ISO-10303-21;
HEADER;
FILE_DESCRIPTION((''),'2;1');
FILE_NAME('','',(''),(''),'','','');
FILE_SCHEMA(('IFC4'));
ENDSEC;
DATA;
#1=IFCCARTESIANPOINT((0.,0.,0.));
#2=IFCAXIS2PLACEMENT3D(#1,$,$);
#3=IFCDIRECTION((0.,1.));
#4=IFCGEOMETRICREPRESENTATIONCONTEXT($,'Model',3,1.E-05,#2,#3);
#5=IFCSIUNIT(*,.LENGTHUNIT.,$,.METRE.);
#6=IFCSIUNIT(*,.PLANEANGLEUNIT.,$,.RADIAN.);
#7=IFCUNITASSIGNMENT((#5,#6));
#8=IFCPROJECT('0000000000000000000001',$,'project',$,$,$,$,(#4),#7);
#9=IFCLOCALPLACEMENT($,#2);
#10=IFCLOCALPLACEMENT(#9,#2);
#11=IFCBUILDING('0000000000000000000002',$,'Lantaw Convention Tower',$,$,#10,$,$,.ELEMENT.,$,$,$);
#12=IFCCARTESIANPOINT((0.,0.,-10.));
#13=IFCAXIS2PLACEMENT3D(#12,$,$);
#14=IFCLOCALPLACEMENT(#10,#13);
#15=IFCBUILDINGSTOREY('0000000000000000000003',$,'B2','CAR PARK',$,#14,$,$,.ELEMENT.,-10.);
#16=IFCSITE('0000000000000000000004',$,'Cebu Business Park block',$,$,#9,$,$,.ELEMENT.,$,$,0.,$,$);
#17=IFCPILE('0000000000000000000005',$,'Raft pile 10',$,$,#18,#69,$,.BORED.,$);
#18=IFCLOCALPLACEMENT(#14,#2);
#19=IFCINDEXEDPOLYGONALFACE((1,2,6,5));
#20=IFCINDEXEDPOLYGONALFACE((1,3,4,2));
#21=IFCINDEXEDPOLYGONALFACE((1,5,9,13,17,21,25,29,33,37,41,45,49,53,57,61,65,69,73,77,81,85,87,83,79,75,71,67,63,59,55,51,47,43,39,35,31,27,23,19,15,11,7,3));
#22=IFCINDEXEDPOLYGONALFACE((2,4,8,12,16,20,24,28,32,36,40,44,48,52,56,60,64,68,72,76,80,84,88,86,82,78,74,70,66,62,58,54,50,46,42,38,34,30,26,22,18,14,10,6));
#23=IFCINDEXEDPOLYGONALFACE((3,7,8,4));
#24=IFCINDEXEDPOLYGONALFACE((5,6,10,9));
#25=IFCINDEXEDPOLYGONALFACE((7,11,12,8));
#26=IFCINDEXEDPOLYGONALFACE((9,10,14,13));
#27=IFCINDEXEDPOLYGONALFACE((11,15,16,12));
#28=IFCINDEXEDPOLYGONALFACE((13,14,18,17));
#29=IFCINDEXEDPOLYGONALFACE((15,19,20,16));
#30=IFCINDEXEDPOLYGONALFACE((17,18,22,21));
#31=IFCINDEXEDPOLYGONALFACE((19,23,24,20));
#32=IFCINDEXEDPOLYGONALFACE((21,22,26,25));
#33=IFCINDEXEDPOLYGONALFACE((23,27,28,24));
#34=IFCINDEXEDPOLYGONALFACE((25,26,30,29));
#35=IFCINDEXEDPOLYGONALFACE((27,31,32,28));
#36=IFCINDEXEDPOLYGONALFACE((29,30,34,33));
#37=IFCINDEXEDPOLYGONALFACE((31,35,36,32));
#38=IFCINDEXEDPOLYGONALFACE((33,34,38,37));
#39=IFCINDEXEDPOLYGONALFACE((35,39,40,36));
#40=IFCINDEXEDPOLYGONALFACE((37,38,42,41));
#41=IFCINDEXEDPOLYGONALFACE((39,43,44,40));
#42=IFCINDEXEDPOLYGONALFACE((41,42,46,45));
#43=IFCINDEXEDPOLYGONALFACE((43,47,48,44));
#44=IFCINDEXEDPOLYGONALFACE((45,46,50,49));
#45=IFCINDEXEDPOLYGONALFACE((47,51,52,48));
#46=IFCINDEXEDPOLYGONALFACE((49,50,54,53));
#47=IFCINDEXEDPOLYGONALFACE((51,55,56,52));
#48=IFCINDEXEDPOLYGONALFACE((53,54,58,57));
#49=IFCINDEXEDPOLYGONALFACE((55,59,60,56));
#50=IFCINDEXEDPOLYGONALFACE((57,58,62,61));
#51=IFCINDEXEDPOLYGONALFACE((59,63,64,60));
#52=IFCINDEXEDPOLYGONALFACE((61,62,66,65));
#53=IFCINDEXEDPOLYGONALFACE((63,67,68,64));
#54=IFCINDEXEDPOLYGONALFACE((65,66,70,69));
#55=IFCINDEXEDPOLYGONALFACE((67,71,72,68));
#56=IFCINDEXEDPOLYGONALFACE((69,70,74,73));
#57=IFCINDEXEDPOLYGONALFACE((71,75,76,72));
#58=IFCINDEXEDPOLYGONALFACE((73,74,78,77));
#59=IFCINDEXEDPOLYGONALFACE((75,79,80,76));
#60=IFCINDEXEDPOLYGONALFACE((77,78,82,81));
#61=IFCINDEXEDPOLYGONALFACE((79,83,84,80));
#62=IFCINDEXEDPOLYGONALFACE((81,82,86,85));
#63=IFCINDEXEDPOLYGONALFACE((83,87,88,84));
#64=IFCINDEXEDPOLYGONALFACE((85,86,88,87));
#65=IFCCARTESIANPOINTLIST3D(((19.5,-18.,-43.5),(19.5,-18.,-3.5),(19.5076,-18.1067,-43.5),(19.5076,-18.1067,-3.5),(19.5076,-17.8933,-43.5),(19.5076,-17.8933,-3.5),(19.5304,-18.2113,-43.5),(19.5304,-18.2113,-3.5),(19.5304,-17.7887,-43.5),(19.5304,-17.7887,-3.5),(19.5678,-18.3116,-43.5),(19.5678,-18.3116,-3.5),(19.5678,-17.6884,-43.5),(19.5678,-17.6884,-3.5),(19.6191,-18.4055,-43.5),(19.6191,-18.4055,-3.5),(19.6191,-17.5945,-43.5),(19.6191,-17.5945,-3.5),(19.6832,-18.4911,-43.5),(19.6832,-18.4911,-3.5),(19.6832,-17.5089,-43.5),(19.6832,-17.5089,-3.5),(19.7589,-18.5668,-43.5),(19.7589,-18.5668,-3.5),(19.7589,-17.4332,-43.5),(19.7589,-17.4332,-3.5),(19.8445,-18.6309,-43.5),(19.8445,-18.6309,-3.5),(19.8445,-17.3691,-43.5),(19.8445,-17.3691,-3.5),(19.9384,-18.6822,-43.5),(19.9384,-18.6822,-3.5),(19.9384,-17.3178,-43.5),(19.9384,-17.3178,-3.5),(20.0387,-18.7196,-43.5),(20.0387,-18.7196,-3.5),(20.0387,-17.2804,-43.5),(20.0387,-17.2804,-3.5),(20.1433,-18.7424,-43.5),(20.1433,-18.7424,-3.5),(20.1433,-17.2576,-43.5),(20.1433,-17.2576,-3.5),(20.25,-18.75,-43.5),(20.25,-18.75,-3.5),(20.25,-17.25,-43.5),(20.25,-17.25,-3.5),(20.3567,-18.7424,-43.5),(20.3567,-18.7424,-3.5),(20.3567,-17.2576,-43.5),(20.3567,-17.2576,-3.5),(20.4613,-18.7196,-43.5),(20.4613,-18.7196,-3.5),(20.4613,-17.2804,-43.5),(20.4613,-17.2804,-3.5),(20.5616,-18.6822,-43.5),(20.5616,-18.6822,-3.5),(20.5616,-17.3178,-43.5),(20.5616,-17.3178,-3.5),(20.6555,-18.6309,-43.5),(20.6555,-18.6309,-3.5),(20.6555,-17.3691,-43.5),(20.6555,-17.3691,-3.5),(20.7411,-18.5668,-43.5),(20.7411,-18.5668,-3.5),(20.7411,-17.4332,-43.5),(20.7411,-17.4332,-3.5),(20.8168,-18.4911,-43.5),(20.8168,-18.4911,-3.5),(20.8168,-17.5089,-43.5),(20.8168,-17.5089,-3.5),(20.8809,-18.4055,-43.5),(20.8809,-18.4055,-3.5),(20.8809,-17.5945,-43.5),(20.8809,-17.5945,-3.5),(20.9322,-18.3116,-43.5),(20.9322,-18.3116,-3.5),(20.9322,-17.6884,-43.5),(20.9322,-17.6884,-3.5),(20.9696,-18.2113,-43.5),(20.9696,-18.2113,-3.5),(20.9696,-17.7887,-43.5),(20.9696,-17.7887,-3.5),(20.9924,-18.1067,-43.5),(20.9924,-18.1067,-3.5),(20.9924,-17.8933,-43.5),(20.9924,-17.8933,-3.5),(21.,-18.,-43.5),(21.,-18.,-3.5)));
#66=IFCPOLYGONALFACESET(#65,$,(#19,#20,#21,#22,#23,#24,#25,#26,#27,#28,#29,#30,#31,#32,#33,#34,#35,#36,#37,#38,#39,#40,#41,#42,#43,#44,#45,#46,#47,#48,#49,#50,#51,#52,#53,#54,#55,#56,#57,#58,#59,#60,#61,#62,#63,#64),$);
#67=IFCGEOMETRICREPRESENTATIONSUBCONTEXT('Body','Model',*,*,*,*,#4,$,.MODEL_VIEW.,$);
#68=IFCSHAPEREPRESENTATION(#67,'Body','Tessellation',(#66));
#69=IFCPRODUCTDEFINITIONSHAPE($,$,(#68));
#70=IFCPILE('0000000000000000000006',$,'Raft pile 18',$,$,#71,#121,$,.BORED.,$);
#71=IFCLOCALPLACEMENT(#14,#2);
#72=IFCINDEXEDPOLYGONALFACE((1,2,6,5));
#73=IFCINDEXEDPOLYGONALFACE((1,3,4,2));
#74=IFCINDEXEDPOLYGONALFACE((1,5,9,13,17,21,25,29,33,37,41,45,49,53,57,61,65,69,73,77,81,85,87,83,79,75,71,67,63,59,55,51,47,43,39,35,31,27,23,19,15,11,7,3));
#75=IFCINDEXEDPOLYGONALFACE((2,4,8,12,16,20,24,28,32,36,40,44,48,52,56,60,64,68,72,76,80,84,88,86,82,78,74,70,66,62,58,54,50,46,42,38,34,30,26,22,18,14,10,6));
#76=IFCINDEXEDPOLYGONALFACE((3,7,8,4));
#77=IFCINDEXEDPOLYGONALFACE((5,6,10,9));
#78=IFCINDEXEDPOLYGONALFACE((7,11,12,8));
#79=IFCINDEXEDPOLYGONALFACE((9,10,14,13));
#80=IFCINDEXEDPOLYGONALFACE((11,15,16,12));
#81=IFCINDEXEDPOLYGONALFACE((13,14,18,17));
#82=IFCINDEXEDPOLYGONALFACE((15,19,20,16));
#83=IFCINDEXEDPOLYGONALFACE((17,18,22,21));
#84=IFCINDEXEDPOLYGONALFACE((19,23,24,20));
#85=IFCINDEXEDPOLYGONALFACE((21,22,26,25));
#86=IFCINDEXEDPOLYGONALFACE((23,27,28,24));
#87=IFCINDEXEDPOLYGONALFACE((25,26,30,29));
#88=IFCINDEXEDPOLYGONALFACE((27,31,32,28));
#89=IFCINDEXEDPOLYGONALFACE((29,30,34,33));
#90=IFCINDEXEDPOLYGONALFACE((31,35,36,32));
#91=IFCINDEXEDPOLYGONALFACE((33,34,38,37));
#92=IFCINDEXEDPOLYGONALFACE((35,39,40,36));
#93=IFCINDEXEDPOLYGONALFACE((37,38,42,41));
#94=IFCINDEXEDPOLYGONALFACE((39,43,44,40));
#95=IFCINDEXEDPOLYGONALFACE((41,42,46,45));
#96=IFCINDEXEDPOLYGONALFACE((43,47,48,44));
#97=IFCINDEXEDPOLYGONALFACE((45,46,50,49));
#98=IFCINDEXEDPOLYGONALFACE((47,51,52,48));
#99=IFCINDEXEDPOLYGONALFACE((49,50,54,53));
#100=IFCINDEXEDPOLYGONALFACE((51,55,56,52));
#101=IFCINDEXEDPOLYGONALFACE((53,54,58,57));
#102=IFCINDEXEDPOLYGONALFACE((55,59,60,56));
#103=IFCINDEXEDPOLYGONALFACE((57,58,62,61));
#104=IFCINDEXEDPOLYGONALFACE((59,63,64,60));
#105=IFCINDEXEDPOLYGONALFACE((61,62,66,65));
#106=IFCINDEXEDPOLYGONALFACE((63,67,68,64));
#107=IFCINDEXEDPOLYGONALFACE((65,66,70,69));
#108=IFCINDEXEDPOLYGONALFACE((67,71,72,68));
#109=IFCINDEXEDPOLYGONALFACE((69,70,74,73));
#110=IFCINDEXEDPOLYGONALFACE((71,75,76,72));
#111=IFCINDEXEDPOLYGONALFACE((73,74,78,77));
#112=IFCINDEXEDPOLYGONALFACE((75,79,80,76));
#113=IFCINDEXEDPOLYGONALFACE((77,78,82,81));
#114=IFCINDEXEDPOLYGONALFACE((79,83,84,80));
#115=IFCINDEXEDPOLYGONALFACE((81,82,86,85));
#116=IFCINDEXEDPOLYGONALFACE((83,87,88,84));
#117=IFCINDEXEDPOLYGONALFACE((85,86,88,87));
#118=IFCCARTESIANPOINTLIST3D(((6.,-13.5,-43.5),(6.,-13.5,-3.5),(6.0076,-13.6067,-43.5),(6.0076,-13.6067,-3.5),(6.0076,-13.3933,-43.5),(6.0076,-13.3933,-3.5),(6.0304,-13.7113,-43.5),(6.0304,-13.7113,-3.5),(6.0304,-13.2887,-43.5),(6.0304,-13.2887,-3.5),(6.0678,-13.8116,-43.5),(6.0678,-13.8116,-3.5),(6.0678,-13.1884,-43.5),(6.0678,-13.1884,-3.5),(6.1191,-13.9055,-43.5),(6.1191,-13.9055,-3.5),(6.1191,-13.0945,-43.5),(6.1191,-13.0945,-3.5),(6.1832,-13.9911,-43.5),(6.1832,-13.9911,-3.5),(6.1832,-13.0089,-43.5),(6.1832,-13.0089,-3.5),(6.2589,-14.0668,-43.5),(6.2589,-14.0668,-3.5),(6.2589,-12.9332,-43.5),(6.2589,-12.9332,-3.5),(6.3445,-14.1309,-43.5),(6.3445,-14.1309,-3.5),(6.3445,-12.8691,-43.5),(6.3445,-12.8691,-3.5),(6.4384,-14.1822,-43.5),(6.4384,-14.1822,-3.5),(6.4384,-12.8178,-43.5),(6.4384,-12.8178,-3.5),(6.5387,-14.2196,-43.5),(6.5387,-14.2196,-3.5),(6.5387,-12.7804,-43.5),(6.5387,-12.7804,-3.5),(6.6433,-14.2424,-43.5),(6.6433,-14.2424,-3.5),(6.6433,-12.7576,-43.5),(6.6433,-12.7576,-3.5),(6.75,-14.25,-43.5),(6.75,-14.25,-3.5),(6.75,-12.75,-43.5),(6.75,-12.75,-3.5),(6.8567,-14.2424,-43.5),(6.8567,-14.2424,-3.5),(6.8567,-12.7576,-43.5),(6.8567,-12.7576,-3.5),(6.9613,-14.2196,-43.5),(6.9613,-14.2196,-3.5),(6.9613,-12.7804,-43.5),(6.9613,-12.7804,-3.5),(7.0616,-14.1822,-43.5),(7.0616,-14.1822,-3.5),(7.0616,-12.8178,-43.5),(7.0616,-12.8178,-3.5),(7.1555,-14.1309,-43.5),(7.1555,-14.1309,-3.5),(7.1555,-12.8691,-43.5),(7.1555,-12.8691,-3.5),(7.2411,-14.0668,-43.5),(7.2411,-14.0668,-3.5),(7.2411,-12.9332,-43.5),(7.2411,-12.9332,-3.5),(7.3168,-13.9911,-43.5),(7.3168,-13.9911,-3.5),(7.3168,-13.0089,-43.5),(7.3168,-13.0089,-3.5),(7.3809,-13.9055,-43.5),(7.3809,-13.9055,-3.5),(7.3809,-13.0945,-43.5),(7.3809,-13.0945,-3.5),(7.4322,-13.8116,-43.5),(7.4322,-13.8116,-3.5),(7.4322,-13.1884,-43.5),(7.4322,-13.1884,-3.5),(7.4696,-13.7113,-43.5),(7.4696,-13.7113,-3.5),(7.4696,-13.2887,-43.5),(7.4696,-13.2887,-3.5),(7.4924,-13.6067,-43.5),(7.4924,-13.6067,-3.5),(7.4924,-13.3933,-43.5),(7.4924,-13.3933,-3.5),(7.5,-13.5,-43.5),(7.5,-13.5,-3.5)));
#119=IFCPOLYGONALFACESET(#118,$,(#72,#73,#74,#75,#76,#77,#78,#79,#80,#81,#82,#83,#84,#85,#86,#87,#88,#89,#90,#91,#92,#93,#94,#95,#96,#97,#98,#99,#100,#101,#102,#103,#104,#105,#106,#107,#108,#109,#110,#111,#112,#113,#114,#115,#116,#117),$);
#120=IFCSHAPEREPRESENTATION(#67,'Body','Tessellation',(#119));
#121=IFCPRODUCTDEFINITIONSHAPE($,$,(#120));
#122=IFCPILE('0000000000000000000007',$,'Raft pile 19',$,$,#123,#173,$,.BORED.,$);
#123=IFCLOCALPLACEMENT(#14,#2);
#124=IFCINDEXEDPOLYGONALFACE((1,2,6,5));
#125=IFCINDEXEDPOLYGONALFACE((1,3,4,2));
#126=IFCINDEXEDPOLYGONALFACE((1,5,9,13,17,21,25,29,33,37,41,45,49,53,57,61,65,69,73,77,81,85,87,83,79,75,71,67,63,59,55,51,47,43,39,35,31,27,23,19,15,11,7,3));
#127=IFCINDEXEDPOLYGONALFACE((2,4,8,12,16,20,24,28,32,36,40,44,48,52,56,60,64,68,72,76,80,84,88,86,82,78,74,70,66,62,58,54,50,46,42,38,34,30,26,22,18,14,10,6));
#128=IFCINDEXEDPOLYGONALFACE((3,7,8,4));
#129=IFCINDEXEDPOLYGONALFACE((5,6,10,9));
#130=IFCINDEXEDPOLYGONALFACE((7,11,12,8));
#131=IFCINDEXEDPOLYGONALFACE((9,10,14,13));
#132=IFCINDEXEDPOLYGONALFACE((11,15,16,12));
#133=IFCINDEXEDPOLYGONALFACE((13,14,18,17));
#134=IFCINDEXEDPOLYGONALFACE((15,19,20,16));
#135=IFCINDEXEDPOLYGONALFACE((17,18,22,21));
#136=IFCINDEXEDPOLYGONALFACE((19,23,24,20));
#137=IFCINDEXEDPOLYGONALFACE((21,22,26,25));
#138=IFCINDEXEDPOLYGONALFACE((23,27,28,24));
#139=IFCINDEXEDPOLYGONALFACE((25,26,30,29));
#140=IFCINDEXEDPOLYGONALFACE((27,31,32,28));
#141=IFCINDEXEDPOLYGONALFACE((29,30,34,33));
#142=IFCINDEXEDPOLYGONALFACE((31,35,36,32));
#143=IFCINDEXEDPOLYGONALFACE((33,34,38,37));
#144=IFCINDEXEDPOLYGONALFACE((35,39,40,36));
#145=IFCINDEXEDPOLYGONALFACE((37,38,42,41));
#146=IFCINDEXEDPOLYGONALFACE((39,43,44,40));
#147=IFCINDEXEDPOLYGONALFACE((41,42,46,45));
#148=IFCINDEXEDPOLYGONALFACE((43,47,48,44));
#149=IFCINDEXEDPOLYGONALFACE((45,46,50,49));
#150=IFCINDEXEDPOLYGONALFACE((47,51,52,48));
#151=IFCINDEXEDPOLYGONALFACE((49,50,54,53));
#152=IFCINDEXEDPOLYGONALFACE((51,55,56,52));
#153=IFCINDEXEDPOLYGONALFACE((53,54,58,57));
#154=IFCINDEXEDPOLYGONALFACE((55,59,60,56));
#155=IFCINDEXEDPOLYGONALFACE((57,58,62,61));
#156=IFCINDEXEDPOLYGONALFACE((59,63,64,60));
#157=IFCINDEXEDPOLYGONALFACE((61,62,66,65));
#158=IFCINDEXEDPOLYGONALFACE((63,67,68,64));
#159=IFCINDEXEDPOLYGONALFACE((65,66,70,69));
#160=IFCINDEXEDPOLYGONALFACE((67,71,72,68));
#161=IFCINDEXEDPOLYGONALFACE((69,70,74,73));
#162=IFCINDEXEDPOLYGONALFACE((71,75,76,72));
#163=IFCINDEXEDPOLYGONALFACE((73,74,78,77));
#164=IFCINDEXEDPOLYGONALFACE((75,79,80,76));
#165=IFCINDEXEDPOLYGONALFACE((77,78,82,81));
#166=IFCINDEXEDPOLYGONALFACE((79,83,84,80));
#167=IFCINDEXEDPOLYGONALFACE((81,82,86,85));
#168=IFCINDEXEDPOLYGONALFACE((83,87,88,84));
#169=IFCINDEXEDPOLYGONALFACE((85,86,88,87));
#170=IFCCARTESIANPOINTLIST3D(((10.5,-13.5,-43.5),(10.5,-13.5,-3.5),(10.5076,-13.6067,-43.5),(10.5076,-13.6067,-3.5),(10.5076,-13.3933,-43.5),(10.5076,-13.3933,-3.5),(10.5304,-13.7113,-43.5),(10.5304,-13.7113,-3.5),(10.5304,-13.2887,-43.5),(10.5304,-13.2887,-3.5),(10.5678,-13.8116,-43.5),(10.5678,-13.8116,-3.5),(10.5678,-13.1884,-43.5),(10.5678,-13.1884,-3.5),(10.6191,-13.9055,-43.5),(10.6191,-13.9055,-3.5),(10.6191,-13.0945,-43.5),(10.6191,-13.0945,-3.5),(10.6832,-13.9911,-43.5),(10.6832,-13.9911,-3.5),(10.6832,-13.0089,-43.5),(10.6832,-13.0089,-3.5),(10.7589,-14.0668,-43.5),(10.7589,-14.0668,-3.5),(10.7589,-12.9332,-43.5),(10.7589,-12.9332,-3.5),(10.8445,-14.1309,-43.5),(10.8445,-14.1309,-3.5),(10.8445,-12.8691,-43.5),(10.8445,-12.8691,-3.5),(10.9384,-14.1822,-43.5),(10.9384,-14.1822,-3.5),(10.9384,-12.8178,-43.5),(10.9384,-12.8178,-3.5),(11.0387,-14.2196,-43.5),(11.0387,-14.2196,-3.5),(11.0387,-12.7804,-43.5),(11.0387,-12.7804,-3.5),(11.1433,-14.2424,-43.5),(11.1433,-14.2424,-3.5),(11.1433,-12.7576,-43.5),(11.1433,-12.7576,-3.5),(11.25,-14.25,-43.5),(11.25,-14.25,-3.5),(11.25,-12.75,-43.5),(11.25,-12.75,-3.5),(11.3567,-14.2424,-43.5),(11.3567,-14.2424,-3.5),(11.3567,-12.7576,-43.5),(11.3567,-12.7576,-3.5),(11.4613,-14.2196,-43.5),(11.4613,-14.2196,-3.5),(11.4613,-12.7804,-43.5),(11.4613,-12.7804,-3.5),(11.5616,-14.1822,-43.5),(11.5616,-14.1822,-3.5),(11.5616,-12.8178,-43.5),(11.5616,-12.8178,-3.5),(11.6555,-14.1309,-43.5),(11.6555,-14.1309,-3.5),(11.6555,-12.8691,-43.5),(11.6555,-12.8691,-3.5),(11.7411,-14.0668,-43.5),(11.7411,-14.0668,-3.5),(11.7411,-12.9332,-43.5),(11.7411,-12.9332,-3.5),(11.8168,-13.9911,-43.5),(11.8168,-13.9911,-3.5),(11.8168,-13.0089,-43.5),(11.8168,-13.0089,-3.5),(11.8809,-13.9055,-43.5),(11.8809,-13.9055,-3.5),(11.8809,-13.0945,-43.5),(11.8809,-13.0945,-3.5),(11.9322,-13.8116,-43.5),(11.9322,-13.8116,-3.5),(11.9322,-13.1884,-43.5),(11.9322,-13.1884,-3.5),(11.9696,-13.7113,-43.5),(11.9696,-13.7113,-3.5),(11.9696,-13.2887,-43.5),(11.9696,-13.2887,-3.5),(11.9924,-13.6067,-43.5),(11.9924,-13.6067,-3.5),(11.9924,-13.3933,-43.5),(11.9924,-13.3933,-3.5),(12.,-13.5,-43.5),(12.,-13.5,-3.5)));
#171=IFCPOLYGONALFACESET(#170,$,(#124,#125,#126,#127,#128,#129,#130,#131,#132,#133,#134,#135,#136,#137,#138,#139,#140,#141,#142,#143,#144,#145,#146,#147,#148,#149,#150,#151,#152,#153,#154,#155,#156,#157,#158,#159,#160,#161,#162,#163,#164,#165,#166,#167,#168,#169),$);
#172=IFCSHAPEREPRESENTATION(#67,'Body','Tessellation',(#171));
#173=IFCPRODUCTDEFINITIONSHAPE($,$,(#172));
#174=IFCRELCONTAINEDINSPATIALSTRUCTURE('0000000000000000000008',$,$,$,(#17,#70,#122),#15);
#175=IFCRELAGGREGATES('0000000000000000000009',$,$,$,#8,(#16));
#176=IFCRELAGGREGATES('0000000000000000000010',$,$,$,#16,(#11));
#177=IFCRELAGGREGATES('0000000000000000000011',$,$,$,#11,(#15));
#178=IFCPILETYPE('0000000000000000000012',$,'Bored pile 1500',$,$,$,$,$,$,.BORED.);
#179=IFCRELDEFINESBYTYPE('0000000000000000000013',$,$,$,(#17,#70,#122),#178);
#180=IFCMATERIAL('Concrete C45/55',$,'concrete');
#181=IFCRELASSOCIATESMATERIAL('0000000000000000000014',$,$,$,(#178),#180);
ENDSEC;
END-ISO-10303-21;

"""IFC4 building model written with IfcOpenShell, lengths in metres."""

from ifc_helpers import new_model, si_unit, direction, frame, origin, origin_2d, place, context, subcontext, project, spatial, circle, extrude, material, material_profile, profile_set, type_object, element, save


model = new_model("IFC4")

# Units and contexts
model_context = context("Model", 3, precision=1e-05, world=origin(), true_north=direction((0.0, 1.0)))
body_context = subcontext(model_context, "Body", "Model", "MODEL_VIEW")
ifc_project = project(units=[si_unit("LENGTHUNIT", "METRE"), si_unit("PLANEANGLEUNIT", "RADIAN")], contexts=[model_context])

# Site, building, storey
site_placement = place(None, origin())
site = spatial("IfcSite", under=ifc_project, at=site_placement, Name="Cebu Business Park block", CompositionType="ELEMENT", RefElevation=0.0)
building_placement = place(site_placement, origin())
building = spatial("IfcBuilding", under=site, at=building_placement, Name="Lantaw Convention Tower", CompositionType="ELEMENT")
storey_placement = place(building_placement, frame((0.0, 0.0, -10.0)))
storey = spatial("IfcBuildingStorey", under=building, at=storey_placement, Name="B2", Description="CAR PARK", CompositionType="ELEMENT", Elevation=-10.0)

# Piles
ifc_material_1 = material(Name="Concrete C45/55", Category="concrete")
ifc_material_profile_1 = material_profile(ifc_material_1, circle(Radius=0.75, at=origin_2d()), Name="Bored pile 1500")
ifc_profile_set_1 = profile_set([ifc_material_profile_1], Name="Concrete C45/55")
pile_type_1 = type_object("IfcPileType", Name="Bored pile 1500", PredefinedType="BORED", material=ifc_profile_set_1)
for number, where, z_axis, x_axis, name in (
    (1, (20.25, -18.0, -3.5), (0.0, 0.0, -1.0), (1.0, 0.0, 0.0), "Raft pile 10"),
    (2, (6.75, -13.5, -3.5), (0.0, 0.0, -1.0), (1.0, 0.0, 0.0), "Raft pile 18"),
    (3, (11.25, -13.5, -3.5), (0.0, 0.0, -1.0), (1.0, 0.0, 0.0), "Raft pile 19"),
):
    element("IfcPile", number, at=place(storey_placement, frame(where, z_axis=z_axis, x_axis=x_axis)), inside=storey, type_object=pile_type_1, Name=name, PredefinedType="BORED", context=body_context, shape_type="SweptSolid", body=[
        extrude(circle(Radius=0.75, at=origin_2d()), origin(), (0.0, 0.0, 1.0), 40.0),
    ])

save(model, "model.ifc")
